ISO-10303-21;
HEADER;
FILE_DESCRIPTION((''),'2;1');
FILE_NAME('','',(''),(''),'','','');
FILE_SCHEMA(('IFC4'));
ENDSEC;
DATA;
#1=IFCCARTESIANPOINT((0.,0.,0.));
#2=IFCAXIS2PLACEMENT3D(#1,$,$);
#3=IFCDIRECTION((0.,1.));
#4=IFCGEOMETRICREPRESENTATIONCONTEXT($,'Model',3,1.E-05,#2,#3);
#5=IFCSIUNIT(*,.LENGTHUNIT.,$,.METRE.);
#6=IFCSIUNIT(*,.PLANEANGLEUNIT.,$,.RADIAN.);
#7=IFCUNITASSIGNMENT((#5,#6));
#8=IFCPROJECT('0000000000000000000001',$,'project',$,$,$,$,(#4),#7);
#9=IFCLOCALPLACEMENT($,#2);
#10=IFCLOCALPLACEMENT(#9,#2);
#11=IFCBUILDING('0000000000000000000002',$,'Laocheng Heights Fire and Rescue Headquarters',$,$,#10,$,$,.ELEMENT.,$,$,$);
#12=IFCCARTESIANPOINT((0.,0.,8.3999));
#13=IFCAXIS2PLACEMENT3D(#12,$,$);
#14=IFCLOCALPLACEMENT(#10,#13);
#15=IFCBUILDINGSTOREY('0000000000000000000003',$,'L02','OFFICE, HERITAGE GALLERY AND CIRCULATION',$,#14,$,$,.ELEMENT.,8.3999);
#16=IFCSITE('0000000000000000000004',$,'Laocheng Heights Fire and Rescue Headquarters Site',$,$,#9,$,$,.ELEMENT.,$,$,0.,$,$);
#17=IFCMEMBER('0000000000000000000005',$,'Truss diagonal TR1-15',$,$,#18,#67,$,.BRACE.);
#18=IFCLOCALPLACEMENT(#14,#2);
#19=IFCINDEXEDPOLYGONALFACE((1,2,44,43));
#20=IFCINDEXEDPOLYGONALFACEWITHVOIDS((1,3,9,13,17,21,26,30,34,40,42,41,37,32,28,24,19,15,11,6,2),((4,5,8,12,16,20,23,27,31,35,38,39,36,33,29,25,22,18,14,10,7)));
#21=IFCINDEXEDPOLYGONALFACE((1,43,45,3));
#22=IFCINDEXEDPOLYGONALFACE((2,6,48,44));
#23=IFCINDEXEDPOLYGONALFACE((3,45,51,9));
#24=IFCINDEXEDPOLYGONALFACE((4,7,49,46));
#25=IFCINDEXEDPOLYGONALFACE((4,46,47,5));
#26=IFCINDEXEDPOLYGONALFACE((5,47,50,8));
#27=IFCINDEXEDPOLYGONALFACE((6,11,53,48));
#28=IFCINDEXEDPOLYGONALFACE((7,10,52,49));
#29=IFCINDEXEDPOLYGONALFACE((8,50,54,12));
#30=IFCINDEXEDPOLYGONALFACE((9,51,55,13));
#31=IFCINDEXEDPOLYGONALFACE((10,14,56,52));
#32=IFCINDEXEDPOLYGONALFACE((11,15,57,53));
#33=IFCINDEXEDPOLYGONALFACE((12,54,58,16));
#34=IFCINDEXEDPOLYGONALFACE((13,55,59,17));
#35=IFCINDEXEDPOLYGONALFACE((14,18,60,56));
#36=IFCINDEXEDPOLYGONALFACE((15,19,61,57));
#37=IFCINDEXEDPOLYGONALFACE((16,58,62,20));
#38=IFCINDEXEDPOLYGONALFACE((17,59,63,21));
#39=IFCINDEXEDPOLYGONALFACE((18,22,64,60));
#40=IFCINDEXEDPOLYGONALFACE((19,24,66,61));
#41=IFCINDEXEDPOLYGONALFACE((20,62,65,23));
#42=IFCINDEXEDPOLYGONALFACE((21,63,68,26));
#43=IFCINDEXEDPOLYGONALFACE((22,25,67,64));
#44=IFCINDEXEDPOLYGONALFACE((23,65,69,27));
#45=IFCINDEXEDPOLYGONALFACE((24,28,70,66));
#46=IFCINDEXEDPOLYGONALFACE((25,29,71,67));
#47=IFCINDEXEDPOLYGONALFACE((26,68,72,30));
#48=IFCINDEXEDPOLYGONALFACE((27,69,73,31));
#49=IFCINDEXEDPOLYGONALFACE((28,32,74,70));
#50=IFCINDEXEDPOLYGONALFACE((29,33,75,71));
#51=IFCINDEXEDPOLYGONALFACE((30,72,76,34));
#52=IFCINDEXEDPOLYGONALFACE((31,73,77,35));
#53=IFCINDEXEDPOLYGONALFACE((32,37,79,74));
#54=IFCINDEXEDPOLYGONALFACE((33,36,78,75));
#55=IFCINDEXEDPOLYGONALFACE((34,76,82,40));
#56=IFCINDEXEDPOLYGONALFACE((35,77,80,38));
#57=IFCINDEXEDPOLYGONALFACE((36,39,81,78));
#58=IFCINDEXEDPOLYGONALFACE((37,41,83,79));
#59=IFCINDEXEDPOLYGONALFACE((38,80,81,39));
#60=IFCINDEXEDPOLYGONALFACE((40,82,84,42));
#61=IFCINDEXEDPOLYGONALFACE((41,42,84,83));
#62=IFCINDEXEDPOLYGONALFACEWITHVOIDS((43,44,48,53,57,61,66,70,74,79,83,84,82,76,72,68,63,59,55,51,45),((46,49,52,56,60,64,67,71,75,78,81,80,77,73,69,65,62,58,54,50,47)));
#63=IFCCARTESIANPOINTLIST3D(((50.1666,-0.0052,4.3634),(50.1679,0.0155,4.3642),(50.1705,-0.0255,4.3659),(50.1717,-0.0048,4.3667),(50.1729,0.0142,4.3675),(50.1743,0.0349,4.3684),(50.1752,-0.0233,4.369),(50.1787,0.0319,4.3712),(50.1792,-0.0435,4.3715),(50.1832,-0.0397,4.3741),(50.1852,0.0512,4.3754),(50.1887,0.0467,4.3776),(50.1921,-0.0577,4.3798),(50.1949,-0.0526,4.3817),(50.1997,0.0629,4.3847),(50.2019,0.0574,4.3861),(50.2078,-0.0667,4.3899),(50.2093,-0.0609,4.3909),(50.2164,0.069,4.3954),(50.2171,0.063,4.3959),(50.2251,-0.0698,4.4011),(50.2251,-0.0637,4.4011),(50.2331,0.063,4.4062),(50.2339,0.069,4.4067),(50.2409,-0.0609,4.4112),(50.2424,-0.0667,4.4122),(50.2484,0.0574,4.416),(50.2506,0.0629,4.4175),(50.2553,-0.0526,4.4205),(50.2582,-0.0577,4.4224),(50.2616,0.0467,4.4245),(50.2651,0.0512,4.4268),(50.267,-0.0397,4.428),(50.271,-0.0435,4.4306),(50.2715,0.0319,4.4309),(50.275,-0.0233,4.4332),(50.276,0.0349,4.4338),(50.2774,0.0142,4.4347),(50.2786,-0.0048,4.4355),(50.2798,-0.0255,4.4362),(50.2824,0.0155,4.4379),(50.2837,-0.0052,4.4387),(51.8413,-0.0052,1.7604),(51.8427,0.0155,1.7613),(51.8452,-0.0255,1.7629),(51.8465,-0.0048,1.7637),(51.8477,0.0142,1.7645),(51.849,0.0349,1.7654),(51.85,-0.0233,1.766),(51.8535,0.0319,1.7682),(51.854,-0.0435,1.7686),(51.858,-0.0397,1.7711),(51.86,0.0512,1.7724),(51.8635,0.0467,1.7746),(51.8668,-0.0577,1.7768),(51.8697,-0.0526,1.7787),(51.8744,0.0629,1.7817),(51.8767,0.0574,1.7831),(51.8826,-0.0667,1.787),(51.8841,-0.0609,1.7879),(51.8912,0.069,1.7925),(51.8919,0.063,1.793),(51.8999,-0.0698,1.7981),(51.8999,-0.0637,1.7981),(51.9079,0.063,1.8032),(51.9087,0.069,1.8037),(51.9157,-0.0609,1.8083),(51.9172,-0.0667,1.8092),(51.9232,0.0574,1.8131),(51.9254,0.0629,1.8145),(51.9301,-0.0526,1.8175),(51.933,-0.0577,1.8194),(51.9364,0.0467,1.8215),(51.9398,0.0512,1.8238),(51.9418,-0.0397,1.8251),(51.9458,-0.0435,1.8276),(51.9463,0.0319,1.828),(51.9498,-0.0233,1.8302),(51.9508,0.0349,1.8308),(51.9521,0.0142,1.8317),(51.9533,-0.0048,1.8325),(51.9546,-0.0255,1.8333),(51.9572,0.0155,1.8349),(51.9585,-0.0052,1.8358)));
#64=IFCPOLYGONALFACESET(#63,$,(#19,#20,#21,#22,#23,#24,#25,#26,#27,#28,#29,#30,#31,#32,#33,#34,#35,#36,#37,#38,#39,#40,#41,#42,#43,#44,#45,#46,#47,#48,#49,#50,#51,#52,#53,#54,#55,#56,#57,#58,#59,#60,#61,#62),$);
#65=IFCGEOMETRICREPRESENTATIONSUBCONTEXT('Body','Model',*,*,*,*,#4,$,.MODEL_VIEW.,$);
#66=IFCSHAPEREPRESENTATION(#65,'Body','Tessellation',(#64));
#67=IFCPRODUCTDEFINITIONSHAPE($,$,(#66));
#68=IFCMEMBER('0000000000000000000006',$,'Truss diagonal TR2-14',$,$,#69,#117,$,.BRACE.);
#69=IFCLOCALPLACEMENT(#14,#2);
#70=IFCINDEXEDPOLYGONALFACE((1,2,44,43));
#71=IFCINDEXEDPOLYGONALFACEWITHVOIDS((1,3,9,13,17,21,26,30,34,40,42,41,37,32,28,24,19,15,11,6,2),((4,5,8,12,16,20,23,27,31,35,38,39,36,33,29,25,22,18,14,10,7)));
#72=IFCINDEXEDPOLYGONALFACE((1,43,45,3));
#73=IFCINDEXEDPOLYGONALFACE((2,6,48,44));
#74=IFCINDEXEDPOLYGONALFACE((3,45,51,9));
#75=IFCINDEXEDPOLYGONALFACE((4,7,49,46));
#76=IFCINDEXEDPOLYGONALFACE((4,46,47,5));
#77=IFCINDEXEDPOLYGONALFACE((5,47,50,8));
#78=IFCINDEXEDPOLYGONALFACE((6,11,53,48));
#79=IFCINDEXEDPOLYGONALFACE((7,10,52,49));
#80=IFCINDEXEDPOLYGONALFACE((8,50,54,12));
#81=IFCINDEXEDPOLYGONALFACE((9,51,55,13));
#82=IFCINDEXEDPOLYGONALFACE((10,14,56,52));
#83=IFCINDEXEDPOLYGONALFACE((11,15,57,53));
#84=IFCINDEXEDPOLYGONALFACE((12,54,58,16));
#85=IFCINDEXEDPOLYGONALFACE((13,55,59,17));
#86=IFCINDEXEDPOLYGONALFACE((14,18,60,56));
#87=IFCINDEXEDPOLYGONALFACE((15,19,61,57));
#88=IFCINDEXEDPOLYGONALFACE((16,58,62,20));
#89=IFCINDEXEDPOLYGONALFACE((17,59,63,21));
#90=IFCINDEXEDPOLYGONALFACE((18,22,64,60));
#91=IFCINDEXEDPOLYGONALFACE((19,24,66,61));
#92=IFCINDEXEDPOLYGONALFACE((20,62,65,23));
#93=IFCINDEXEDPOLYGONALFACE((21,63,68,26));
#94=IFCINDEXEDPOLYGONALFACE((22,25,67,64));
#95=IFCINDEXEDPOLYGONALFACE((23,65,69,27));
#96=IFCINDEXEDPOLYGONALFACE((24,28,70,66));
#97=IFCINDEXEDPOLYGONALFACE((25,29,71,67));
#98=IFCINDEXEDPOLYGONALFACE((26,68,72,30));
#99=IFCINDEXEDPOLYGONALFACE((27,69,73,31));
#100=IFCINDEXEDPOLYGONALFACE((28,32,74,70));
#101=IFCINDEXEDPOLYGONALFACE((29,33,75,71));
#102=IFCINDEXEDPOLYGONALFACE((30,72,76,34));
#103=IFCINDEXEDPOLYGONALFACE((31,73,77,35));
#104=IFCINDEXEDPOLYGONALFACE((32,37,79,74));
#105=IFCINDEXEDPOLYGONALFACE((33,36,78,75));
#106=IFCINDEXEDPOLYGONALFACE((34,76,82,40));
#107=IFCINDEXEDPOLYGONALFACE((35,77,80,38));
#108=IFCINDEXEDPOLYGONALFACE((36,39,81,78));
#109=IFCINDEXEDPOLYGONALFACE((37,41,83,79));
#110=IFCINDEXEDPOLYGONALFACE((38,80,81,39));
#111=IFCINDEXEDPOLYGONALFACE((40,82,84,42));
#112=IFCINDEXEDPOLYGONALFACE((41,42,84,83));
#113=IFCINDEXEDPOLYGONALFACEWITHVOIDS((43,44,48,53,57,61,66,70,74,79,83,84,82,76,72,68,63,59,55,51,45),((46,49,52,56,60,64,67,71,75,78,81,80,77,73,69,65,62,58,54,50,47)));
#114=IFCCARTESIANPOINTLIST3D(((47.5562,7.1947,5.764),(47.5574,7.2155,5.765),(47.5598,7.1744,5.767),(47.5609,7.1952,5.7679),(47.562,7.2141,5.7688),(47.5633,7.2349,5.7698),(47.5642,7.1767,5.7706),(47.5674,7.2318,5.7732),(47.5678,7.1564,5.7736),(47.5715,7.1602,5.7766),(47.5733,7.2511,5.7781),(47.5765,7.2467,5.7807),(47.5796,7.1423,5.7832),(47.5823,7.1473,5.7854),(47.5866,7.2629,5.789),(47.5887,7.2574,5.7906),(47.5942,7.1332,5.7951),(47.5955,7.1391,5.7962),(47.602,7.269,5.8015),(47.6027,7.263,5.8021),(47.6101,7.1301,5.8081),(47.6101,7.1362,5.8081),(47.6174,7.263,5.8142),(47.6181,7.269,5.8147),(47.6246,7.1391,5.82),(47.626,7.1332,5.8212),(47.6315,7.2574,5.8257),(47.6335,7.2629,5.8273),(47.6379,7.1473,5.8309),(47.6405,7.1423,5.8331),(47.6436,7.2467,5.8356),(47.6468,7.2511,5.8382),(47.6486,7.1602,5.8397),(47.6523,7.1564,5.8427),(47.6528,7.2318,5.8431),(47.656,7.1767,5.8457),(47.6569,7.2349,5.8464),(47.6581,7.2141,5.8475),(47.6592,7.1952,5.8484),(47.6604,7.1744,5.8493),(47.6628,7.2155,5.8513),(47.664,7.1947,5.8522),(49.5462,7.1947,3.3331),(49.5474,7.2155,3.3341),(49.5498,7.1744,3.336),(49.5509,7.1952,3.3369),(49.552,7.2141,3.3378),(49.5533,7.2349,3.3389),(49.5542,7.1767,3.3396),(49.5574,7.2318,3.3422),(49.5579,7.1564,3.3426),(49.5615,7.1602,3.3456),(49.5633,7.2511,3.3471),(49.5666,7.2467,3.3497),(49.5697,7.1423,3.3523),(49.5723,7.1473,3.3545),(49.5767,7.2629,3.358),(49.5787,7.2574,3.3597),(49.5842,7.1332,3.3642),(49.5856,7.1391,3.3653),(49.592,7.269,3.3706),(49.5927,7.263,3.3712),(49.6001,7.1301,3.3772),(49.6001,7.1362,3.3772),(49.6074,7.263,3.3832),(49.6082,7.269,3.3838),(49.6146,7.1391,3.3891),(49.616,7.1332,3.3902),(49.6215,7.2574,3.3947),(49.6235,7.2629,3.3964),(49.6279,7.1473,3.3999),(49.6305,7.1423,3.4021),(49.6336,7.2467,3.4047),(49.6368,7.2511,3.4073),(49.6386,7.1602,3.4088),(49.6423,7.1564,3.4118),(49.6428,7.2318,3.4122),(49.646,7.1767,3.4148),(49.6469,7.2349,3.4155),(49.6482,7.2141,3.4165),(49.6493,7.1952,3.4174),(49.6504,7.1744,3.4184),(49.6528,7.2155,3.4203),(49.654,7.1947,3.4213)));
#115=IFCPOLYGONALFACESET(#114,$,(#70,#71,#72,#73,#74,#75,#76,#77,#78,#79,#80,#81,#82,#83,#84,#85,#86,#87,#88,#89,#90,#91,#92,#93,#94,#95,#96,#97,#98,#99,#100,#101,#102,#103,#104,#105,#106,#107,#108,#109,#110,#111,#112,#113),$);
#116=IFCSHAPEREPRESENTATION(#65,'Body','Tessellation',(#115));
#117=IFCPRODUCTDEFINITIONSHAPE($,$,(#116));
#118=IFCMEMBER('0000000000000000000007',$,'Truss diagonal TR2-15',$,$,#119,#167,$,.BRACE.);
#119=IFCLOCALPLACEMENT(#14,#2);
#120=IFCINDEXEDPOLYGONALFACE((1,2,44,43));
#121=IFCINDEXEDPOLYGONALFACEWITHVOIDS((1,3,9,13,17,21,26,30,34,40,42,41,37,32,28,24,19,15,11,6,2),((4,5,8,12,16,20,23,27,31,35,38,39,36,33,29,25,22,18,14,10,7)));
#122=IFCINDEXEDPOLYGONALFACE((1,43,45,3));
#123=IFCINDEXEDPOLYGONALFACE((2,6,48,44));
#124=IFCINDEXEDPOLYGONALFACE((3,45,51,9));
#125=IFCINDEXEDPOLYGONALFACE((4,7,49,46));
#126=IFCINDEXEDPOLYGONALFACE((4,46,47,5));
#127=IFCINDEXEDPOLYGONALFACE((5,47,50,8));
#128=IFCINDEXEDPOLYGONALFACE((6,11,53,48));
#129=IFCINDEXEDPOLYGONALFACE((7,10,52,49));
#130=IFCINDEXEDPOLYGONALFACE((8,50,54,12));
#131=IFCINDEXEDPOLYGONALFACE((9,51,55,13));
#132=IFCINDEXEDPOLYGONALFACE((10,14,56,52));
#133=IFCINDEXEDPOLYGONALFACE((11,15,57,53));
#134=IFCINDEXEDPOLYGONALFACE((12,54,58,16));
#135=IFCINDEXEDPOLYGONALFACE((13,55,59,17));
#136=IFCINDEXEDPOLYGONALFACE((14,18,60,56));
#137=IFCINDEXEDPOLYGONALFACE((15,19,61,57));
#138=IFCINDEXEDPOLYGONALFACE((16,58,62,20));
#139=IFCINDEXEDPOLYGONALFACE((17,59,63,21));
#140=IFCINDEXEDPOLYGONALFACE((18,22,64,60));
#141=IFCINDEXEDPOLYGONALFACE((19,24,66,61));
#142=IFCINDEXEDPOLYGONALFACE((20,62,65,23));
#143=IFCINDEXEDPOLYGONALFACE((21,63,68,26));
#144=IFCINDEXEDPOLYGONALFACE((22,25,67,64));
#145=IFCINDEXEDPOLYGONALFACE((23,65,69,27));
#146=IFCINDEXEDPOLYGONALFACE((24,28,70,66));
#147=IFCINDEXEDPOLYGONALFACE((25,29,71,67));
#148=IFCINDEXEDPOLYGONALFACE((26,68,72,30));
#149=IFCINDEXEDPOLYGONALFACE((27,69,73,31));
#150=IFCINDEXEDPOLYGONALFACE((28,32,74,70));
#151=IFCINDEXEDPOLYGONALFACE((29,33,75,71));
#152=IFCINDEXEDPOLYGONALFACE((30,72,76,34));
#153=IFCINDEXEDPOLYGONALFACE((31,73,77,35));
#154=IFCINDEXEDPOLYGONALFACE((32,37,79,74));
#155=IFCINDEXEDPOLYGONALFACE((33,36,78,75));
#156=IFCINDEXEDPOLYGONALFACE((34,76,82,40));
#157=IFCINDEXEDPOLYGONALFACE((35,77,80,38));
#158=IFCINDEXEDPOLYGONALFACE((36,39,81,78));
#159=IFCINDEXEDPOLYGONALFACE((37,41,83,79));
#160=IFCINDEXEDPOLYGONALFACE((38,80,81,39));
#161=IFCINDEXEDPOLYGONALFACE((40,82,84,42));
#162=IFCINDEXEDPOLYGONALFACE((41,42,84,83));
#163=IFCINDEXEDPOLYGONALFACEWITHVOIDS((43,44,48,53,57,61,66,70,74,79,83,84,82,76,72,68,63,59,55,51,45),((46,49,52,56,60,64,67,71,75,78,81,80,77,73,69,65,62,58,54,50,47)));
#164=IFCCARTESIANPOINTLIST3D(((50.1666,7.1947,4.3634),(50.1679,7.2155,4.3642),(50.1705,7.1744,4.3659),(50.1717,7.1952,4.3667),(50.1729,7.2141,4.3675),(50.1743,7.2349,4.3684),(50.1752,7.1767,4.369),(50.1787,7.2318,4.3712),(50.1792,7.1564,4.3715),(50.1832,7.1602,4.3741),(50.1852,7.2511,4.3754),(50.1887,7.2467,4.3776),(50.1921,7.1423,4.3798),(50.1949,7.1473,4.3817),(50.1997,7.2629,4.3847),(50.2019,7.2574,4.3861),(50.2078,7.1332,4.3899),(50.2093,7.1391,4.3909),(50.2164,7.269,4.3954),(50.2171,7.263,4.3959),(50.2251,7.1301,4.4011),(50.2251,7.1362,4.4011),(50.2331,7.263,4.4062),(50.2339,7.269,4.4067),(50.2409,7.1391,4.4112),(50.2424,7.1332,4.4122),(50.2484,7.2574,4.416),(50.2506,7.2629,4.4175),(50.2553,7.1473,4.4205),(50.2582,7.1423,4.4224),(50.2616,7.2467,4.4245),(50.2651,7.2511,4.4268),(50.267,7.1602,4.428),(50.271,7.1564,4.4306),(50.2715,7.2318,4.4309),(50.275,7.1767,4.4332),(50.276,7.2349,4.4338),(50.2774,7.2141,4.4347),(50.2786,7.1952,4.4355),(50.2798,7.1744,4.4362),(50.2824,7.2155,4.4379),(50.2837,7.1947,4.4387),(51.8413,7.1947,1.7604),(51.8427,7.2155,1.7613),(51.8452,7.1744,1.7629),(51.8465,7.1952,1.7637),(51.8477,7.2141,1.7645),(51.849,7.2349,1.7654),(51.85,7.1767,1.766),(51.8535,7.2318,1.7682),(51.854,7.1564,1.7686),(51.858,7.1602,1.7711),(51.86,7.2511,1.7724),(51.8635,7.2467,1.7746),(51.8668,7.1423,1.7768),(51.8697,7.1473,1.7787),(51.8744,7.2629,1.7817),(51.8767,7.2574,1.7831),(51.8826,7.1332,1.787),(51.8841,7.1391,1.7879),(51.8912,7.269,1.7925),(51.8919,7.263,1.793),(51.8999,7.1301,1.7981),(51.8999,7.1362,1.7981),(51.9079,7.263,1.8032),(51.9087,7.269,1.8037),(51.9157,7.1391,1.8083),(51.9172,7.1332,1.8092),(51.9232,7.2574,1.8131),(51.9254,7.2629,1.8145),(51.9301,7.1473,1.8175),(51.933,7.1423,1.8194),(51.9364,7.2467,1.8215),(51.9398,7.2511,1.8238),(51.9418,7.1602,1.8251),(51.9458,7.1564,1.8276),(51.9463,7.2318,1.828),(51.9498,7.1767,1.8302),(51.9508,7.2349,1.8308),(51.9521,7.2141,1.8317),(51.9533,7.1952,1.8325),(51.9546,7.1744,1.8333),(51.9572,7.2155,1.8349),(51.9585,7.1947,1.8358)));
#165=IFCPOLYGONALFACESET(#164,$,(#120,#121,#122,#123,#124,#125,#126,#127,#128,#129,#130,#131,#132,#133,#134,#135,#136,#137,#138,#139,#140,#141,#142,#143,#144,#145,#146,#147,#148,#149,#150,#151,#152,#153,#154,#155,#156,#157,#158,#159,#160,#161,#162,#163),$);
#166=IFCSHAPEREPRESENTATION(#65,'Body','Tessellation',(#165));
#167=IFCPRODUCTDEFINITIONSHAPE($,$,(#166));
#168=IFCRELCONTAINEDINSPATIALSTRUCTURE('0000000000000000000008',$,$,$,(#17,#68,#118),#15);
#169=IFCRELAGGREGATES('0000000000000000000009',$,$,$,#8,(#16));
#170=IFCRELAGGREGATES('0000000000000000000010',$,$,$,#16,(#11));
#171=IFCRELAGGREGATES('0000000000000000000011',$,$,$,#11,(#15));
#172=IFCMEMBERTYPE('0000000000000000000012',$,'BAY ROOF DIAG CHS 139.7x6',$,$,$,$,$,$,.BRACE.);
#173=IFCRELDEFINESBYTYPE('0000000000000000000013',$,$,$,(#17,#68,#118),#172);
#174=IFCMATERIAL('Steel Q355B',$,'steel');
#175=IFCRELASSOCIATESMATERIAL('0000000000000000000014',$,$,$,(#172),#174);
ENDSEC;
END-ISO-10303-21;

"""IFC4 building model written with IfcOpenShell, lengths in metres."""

from ifc_helpers import new_model, si_unit, direction, frame, origin, origin_2d, place, context, subcontext, project, spatial, hollow_circle, extrude, material, material_profile, profile_set, type_object, element, save


model = new_model("IFC4")

# Units and contexts
model_context = context("Model", 3, precision=1e-05, world=origin(), true_north=direction((0.0, 1.0)))
body_context = subcontext(model_context, "Body", "Model", "MODEL_VIEW")
ifc_project = project(units=[si_unit("LENGTHUNIT", "METRE"), si_unit("PLANEANGLEUNIT", "RADIAN")], contexts=[model_context])

# Site, building, storey
site_placement = place(None, origin())
site = spatial("IfcSite", under=ifc_project, at=site_placement, Name="Laocheng Heights Fire and Rescue Headquarters Site", CompositionType="ELEMENT", RefElevation=0.0)
building_placement = place(site_placement, origin())
building = spatial("IfcBuilding", under=site, at=building_placement, Name="Laocheng Heights Fire and Rescue Headquarters", CompositionType="ELEMENT")
storey_placement = place(building_placement, frame((0.0, 0.0, 8.3999)))
storey = spatial("IfcBuildingStorey", under=building, at=storey_placement, Name="L02", Description="OFFICE, HERITAGE GALLERY AND CIRCULATION", CompositionType="ELEMENT", Elevation=8.3999)

# Members
ifc_material_1 = material(Name="Steel Q355B", Category="steel")
ifc_material_profile_1 = material_profile(ifc_material_1, hollow_circle(Radius=0.0698, WallThickness=0.0061, at=origin_2d()), Name="CHS 139.7x6")
ifc_profile_set_1 = profile_set([ifc_material_profile_1], Name="Steel Q355B")
member_type_1 = type_object("IfcMemberType", Name="BAY ROOF DIAG CHS 139.7x6", PredefinedType="BRACE", material=ifc_profile_set_1)
member_1_placement = place(storey_placement, frame((51.8999, 0.0, 1.7981), z_axis=(-0.541084, 0.0, 0.840968), x_axis=(0.0, -1.0, 0.0)))
element("IfcMember", 1, at=member_1_placement, inside=storey, type_object=member_type_1, Name="Truss diagonal TR1-15", PredefinedType="BRACE", context=body_context, shape_type="SweptSolid", body=[
    extrude(hollow_circle(Radius=0.0698, WallThickness=0.0061, at=origin_2d()), origin(), (0.0, 0.0, 1.0), 3.0952),
])
member_2_placement = place(storey_placement, frame((49.6001, 7.2, 3.3772), z_axis=(-0.633441, 0.0, 0.773791), x_axis=(0.0, -1.0, 0.0)))
element("IfcMember", 2, at=member_2_placement, inside=storey, type_object=member_type_1, Name="Truss diagonal TR2-14", PredefinedType="BRACE", context=body_context, shape_type="SweptSolid", body=[
    extrude(hollow_circle(Radius=0.0698, WallThickness=0.0061, at=origin_2d()), origin(), (0.0, 0.0, 1.0), 3.1416),
])
member_3_placement = place(storey_placement, frame((51.8999, 7.2, 1.7981), z_axis=(-0.541084, 0.0, 0.840968), x_axis=(0.0, -1.0, 0.0)))
element("IfcMember", 3, at=member_3_placement, inside=storey, type_object=member_type_1, Name="Truss diagonal TR2-15", PredefinedType="BRACE", context=body_context, shape_type="SweptSolid", body=[
    extrude(hollow_circle(Radius=0.0698, WallThickness=0.0061, at=origin_2d()), origin(), (0.0, 0.0, 1.0), 3.0952),
])

save(model, "model.ifc")
